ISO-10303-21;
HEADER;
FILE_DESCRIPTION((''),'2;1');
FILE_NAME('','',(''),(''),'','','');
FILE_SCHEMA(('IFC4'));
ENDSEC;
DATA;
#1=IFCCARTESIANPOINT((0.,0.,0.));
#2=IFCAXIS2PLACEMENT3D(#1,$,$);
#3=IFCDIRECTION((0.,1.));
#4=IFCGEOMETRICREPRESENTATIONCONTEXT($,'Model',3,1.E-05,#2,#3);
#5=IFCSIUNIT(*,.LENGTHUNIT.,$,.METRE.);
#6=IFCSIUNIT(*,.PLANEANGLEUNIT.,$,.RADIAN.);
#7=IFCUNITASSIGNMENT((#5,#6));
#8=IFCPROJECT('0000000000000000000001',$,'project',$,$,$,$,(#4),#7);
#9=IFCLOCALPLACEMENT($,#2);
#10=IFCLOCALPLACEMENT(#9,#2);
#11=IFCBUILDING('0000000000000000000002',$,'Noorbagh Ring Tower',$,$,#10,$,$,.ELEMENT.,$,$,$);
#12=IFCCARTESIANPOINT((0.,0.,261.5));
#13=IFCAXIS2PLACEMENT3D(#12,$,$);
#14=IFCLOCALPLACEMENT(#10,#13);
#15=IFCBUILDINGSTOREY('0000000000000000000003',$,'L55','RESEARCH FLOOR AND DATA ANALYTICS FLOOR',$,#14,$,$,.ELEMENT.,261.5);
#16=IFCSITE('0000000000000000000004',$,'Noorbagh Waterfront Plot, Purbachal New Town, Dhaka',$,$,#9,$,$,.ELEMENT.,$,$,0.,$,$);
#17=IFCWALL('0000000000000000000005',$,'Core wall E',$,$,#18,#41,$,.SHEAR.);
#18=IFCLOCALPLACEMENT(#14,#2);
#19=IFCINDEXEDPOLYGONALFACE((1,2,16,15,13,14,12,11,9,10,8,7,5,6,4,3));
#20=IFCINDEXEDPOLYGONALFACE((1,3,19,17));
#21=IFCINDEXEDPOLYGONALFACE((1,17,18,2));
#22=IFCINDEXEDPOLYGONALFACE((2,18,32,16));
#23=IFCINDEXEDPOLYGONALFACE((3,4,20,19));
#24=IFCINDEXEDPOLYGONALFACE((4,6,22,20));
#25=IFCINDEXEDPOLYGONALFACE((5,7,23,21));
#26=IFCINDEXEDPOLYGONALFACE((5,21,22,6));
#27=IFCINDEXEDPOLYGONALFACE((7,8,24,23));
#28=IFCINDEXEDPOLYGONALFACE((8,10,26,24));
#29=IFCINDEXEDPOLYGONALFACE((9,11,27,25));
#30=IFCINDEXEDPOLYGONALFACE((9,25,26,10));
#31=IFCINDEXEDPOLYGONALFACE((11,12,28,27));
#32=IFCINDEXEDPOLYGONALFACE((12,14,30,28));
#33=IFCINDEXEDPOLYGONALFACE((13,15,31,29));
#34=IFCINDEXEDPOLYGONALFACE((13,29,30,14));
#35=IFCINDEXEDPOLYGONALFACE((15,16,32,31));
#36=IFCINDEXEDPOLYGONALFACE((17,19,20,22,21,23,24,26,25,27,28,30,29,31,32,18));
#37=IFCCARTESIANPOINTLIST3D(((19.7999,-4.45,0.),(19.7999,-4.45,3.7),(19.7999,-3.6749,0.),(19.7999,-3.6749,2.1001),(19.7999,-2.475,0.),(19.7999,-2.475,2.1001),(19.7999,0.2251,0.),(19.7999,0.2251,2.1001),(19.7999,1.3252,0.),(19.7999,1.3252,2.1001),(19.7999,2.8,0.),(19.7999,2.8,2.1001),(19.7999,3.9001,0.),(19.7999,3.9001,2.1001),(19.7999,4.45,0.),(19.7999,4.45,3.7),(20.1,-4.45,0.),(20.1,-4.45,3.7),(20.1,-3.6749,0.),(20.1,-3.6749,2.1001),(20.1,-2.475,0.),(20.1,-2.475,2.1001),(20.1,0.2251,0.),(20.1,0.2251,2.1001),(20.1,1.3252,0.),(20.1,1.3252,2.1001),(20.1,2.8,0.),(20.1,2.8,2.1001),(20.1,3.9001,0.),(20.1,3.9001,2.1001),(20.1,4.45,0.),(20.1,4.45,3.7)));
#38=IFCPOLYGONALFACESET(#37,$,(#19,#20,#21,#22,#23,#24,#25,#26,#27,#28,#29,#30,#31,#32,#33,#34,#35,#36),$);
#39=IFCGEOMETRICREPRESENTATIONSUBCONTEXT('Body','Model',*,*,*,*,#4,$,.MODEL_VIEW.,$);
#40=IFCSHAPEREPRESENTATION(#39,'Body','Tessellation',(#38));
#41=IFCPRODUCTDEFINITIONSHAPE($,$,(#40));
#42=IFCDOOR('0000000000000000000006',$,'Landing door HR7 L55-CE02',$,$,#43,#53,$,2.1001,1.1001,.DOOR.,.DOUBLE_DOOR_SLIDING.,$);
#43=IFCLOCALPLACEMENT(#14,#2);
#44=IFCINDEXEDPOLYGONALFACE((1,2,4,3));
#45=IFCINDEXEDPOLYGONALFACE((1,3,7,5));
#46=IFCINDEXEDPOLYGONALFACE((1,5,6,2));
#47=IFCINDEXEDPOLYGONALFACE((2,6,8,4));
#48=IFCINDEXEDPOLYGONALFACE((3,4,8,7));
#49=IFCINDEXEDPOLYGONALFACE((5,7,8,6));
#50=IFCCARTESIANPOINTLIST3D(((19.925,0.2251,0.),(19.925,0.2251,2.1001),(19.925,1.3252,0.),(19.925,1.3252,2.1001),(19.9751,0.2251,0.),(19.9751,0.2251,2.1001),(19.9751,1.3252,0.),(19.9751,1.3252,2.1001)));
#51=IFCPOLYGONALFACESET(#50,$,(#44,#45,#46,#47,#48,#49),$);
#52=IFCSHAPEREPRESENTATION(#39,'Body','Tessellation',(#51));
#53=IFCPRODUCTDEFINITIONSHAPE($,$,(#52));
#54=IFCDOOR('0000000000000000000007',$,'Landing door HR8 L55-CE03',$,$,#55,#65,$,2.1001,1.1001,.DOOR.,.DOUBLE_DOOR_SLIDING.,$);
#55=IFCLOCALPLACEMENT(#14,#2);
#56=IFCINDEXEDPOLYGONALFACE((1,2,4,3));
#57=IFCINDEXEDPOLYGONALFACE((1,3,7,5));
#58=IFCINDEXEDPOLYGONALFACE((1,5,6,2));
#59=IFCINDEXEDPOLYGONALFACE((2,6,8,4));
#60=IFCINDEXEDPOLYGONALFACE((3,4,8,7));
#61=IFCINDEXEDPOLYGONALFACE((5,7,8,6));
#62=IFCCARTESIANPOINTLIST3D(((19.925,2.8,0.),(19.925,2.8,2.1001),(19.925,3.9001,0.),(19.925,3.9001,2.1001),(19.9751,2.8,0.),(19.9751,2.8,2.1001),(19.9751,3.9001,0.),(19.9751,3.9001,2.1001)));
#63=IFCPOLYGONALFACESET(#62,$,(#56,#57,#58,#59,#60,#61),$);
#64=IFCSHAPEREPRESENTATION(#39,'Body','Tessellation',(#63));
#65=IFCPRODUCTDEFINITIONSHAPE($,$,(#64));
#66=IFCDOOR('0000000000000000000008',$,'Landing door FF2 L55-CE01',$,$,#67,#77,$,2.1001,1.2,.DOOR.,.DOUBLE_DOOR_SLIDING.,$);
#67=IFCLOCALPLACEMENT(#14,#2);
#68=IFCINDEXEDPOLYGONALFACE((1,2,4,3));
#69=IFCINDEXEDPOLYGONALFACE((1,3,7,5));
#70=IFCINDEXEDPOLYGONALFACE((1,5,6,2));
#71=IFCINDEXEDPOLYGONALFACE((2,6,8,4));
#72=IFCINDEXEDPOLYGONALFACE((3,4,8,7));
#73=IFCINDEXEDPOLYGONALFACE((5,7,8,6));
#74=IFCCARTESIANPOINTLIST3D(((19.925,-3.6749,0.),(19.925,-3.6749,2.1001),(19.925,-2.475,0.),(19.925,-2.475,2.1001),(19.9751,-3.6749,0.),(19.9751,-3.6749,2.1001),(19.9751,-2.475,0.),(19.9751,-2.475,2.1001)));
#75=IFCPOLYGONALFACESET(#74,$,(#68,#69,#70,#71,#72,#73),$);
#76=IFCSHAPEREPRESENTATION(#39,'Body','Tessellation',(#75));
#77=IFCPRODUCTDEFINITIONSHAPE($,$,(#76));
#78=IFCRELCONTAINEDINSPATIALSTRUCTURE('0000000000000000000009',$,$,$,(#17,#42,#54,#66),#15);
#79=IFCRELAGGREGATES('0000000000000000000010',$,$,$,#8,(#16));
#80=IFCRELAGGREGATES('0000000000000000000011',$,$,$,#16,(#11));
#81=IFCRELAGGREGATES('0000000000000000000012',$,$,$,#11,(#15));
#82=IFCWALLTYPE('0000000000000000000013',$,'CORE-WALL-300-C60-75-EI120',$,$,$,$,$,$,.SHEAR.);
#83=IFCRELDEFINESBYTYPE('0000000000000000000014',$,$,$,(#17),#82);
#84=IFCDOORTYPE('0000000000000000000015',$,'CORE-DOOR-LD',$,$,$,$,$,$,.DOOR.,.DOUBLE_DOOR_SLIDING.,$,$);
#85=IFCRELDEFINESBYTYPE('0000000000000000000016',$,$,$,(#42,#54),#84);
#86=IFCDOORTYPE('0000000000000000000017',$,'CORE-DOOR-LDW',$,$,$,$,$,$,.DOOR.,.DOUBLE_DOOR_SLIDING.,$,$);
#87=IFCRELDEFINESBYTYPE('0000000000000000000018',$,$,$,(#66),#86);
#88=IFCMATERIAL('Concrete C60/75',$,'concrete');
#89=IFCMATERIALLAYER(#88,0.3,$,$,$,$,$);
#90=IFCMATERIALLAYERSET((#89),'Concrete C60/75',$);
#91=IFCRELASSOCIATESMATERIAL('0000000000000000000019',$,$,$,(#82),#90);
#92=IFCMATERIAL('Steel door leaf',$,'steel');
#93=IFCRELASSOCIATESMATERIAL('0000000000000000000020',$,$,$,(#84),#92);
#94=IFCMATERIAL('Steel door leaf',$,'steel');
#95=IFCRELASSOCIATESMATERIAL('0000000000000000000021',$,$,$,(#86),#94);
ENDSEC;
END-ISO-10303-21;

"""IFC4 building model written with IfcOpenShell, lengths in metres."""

from ifc_helpers import new_model, si_unit, direction, frame, frame_2d, origin, place, context, subcontext, project, spatial, rectangle, extrude, material, layer, layer_set, type_object, element, fill, save


model = new_model("IFC4")

# Units and contexts
model_context = context("Model", 3, precision=1e-05, world=origin(), true_north=direction((0.0, 1.0)))
body_context = subcontext(model_context, "Body", "Model", "MODEL_VIEW")
ifc_project = project(units=[si_unit("LENGTHUNIT", "METRE"), si_unit("PLANEANGLEUNIT", "RADIAN")], contexts=[model_context])

# Site, building, storey
site_placement = place(None, origin())
site = spatial("IfcSite", under=ifc_project, at=site_placement, Name="Noorbagh Waterfront Plot, Purbachal New Town, Dhaka", CompositionType="ELEMENT", RefElevation=0.0)
building_placement = place(site_placement, origin())
building = spatial("IfcBuilding", under=site, at=building_placement, Name="Noorbagh Ring Tower", CompositionType="ELEMENT")
storey_placement = place(building_placement, frame((0.0, 0.0, 261.5)))
storey = spatial("IfcBuildingStorey", under=building, at=storey_placement, Name="L55", Description="RESEARCH FLOOR AND DATA ANALYTICS FLOOR", CompositionType="ELEMENT", Elevation=261.5)

# Shared definitions
ifc_material_1 = material(Name="Concrete C60/75", Category="concrete")
ifc_layer_1 = layer(ifc_material_1, 0.3)
ifc_layer_set_1 = layer_set([ifc_layer_1], Name="Concrete C60/75")
wall_type_1 = type_object("IfcWallType", Name="CORE-WALL-300-C60-75-EI120", PredefinedType="SHEAR", material=ifc_layer_set_1)

# Wall, openings, doors
wall_1_placement = place(storey_placement, frame((19.95, -4.45, 0.0), z_axis=(0.0, 0.0, 1.0), x_axis=(0.0, 1.0, 0.0)))
wall_1 = element("IfcWall", 1, at=wall_1_placement, inside=storey, type_object=wall_type_1, Name="Core wall E", PredefinedType="SHEAR", context=body_context, shape_type="SweptSolid", body=[
    extrude(rectangle(XDim=8.8999, YDim=0.3, at=frame_2d((4.45, 0.0))), origin(), (0.0, 0.0, 1.0), 3.7),
])
opening_1_placement = place(wall_1_placement, frame((0.7749, 0.0, 0.0)))
opening_1 = element("IfcOpeningElement", 2, at=opening_1_placement, cuts=wall_1, PredefinedType="OPENING", context=body_context, shape_type="SweptSolid", body=[
    extrude(rectangle(XDim=1.2, YDim=2.1001, at=frame_2d((0.6001, 1.05))), frame((0.0, 0.1602, 0.0), z_axis=(0.0, -1.0, 0.0), x_axis=(1.0, 0.0, 0.0)), (0.0, 0.0, 1.0), 0.3201),
])
opening_2_placement = place(wall_1_placement, frame((4.675, 0.0, 0.0)))
opening_2 = element("IfcOpeningElement", 3, at=opening_2_placement, cuts=wall_1, PredefinedType="OPENING", context=body_context, shape_type="SweptSolid", body=[
    extrude(rectangle(XDim=1.1001, YDim=2.1001, at=frame_2d((0.55, 1.05))), frame((0.0, 0.1602, 0.0), z_axis=(0.0, -1.0, 0.0), x_axis=(1.0, 0.0, 0.0)), (0.0, 0.0, 1.0), 0.3201),
])
opening_3_placement = place(wall_1_placement, frame((7.25, 0.0, 0.0)))
opening_3 = element("IfcOpeningElement", 4, at=opening_3_placement, cuts=wall_1, PredefinedType="OPENING", context=body_context, shape_type="SweptSolid", body=[
    extrude(rectangle(XDim=1.1001, YDim=2.1001, at=frame_2d((0.55, 1.05))), frame((0.0, 0.1602, 0.0), z_axis=(0.0, -1.0, 0.0), x_axis=(1.0, 0.0, 0.0)), (0.0, 0.0, 1.0), 0.3201),
])
ifc_material_2 = material(Name="Steel door leaf", Category="steel")
door_type_1 = type_object("IfcDoorType", Name="CORE-DOOR-LD", OperationType="DOUBLE_DOOR_SLIDING", PredefinedType="DOOR", material=ifc_material_2)
door_1_placement = place(opening_2_placement, origin())
door_1 = element("IfcDoor", 5, at=door_1_placement, inside=storey, type_object=door_type_1, Name="Landing door HR7 L55-CE02", OperationType="DOUBLE_DOOR_SLIDING", OverallHeight=2.1001, OverallWidth=1.1001, PredefinedType="DOOR", context=body_context, shape_type="SweptSolid", body=[
    extrude(rectangle(XDim=1.1001, YDim=2.1001, at=frame_2d((0.55, 1.05))), frame((0.0, 0.0249, 0.0), z_axis=(0.0, -1.0, 0.0), x_axis=(1.0, 0.0, 0.0)), (0.0, 0.0, 1.0), 0.05),
])
fill(opening_2, door_1)
door_2_placement = place(opening_3_placement, origin())
door_2 = element("IfcDoor", 6, at=door_2_placement, inside=storey, type_object=door_type_1, Name="Landing door HR8 L55-CE03", OperationType="DOUBLE_DOOR_SLIDING", OverallHeight=2.1001, OverallWidth=1.1001, PredefinedType="DOOR", context=body_context, shape_type="SweptSolid", body=[
    extrude(rectangle(XDim=1.1001, YDim=2.1001, at=frame_2d((0.55, 1.05))), frame((0.0, 0.0249, 0.0), z_axis=(0.0, -1.0, 0.0), x_axis=(1.0, 0.0, 0.0)), (0.0, 0.0, 1.0), 0.05),
])
fill(opening_3, door_2)
ifc_material_3 = material(Name="Steel door leaf", Category="steel")
door_type_2 = type_object("IfcDoorType", Name="CORE-DOOR-LDW", OperationType="DOUBLE_DOOR_SLIDING", PredefinedType="DOOR", material=ifc_material_3)
door_3_placement = place(opening_1_placement, origin())
door_3 = element("IfcDoor", 7, at=door_3_placement, inside=storey, type_object=door_type_2, Name="Landing door FF2 L55-CE01", OperationType="DOUBLE_DOOR_SLIDING", OverallHeight=2.1001, OverallWidth=1.2, PredefinedType="DOOR", context=body_context, shape_type="SweptSolid", body=[
    extrude(rectangle(XDim=1.2, YDim=2.1001, at=frame_2d((0.6001, 1.05))), frame((0.0, 0.0249, 0.0), z_axis=(0.0, -1.0, 0.0), x_axis=(1.0, 0.0, 0.0)), (0.0, 0.0, 1.0), 0.05),
])
fill(opening_1, door_3)

save(model, "model.ifc")
